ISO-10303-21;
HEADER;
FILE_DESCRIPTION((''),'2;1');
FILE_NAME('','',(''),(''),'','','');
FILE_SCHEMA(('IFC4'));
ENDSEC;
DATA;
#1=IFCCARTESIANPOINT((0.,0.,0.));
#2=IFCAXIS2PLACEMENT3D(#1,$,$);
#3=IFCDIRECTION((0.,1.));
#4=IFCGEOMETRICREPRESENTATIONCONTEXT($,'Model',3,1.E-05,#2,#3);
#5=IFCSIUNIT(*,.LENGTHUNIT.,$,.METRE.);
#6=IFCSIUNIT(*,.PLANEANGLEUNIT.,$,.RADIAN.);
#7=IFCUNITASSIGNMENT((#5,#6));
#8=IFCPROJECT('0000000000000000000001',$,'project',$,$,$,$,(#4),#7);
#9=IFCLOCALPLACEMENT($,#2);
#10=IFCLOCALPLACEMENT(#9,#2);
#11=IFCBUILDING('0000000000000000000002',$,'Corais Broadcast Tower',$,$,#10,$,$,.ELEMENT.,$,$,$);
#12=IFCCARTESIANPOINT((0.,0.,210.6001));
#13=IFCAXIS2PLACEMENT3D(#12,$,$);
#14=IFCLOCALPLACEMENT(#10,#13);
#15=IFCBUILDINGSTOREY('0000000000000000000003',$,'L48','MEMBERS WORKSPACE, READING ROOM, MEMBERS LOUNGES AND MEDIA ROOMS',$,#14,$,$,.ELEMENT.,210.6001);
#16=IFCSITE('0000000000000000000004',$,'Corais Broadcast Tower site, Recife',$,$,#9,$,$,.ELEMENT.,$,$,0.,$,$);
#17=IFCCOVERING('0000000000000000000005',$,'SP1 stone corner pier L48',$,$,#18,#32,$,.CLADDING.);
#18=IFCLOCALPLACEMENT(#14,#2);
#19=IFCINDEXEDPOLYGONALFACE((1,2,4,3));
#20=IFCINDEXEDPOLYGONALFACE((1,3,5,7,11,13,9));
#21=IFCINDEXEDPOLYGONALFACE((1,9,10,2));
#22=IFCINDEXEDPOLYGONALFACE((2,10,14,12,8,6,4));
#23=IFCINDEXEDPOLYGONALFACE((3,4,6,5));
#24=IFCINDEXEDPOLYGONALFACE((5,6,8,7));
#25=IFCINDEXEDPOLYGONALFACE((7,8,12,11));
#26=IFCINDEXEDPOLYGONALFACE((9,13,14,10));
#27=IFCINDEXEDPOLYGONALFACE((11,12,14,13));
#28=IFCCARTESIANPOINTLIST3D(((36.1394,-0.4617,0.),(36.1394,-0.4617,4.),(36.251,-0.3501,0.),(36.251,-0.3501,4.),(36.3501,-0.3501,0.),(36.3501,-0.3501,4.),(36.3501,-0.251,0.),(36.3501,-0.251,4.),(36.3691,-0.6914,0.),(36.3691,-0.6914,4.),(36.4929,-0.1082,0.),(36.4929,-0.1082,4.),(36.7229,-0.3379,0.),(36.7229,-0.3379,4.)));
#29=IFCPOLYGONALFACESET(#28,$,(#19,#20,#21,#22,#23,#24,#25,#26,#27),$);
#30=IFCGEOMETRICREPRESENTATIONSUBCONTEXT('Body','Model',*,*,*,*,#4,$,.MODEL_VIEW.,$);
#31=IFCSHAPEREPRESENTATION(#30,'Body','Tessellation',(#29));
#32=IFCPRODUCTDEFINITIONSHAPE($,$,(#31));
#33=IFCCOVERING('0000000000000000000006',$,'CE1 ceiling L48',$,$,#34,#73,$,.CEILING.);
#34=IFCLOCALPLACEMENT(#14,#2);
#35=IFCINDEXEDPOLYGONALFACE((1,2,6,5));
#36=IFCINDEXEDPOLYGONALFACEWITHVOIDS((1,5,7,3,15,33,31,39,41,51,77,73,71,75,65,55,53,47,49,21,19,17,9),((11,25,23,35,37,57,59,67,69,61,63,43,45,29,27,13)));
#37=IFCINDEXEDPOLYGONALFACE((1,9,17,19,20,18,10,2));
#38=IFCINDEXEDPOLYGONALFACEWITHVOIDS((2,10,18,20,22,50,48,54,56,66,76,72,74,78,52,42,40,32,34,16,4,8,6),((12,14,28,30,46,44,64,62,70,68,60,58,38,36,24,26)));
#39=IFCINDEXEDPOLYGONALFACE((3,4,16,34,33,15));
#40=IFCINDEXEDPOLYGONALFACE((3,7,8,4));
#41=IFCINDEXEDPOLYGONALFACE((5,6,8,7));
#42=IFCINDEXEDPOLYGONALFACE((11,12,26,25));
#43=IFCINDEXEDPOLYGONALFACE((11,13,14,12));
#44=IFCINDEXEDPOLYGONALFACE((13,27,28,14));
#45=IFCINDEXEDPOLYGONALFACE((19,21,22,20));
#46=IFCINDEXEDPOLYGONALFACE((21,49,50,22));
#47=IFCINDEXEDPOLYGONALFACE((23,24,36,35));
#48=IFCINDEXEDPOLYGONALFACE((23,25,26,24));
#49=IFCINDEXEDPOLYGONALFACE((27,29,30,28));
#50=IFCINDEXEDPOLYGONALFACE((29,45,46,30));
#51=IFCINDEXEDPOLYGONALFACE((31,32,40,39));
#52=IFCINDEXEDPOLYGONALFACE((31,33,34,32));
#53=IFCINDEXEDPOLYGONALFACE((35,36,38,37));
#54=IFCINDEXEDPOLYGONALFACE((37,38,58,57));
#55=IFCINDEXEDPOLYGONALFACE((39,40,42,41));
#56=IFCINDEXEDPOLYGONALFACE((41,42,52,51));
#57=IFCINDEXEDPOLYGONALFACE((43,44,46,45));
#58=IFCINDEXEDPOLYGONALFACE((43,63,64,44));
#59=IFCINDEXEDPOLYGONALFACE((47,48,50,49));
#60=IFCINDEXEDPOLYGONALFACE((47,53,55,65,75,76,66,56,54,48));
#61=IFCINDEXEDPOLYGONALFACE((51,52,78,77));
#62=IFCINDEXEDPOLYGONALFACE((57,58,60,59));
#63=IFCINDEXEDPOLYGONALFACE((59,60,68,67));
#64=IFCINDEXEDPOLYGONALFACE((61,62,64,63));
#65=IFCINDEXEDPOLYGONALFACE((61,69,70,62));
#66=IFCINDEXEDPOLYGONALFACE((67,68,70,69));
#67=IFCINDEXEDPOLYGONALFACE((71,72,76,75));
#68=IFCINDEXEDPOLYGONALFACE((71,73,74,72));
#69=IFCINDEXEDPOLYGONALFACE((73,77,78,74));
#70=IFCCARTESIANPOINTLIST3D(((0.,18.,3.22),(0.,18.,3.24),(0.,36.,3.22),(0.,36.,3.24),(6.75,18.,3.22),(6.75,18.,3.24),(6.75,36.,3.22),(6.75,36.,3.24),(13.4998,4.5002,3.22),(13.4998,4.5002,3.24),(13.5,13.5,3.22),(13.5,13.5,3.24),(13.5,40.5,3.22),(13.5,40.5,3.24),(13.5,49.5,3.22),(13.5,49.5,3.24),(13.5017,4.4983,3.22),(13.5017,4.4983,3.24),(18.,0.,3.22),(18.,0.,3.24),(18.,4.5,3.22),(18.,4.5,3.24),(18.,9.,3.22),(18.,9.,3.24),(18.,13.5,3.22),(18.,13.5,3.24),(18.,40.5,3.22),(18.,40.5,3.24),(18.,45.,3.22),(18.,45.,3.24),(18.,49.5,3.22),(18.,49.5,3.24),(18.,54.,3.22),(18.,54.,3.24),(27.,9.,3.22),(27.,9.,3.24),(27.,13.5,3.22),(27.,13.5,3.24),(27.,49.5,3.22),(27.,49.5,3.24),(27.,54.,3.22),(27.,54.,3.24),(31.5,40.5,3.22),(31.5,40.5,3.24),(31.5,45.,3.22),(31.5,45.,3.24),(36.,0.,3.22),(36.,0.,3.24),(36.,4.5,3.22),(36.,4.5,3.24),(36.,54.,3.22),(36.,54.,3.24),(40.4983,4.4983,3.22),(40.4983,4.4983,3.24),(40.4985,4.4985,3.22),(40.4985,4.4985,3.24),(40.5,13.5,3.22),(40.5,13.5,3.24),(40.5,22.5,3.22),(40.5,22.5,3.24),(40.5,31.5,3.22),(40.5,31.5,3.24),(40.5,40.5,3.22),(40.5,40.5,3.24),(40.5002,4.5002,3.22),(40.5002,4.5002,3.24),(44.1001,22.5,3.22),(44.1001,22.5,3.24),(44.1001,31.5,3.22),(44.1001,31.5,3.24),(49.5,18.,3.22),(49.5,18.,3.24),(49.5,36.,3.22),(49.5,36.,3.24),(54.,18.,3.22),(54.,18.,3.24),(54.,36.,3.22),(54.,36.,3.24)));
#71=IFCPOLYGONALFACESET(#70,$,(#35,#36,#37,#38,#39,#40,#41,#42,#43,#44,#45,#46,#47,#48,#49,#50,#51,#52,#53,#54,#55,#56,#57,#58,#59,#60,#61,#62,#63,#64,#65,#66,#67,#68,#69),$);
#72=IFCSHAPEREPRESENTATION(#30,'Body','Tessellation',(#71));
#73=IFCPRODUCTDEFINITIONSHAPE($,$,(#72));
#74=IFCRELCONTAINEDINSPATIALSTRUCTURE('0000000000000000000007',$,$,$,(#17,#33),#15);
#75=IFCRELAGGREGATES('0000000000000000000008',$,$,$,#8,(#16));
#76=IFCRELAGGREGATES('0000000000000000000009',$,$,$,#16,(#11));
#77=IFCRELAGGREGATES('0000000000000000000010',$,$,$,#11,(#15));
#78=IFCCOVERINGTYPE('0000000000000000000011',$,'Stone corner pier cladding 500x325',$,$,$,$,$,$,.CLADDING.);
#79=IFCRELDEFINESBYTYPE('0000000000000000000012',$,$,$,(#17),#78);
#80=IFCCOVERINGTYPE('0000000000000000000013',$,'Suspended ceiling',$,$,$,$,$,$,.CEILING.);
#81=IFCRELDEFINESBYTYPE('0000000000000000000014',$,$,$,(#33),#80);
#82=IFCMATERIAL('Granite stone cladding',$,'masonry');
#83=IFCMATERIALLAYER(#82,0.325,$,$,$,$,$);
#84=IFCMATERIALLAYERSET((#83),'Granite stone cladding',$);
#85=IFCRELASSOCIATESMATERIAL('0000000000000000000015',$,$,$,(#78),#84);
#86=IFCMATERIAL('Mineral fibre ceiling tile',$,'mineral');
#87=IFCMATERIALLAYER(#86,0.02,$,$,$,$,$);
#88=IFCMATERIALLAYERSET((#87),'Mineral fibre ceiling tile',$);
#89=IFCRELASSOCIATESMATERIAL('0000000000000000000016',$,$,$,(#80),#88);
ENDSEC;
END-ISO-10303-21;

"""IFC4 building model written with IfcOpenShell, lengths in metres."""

from ifc_helpers import new_model, si_unit, direction, frame, origin, place, context, subcontext, project, spatial, polyline, outline, extrude, material, layer, layer_set, type_object, element, save


model = new_model("IFC4")

# Units and contexts
model_context = context("Model", 3, precision=1e-05, world=origin(), true_north=direction((0.0, 1.0)))
body_context = subcontext(model_context, "Body", "Model", "MODEL_VIEW")
ifc_project = project(units=[si_unit("LENGTHUNIT", "METRE"), si_unit("PLANEANGLEUNIT", "RADIAN")], contexts=[model_context])

# Site, building, storey
site_placement = place(None, origin())
site = spatial("IfcSite", under=ifc_project, at=site_placement, Name="Corais Broadcast Tower site, Recife", CompositionType="ELEMENT", RefElevation=0.0)
building_placement = place(site_placement, origin())
building = spatial("IfcBuilding", under=site, at=building_placement, Name="Corais Broadcast Tower", CompositionType="ELEMENT")
storey_placement = place(building_placement, frame((0.0, 0.0, 210.6001)))
storey = spatial("IfcBuildingStorey", under=building, at=storey_placement, Name="L48", Description="MEMBERS WORKSPACE, READING ROOM, MEMBERS LOUNGES AND MEDIA ROOMS", CompositionType="ELEMENT", Elevation=210.6001)

# Coverings
ifc_material_1 = material(Name="Granite stone cladding", Category="masonry")
ifc_layer_1 = layer(ifc_material_1, 0.325)
ifc_layer_set_1 = layer_set([ifc_layer_1], Name="Granite stone cladding")
covering_type_1 = type_object("IfcCoveringType", Name="Stone corner pier cladding 500x325", PredefinedType="CLADDING", material=ifc_layer_set_1)
covering_1_placement = place(storey_placement, origin())
element("IfcCovering", 1, at=covering_1_placement, inside=storey, type_object=covering_type_1, Name="SP1 stone corner pier L48", PredefinedType="CLADDING", context=body_context, shape_type="SweptSolid", body=[
    extrude(outline(polyline([(36.251, -0.3501), (36.1394, -0.4617), (36.3691, -0.6914), (36.7229, -0.3379), (36.4929, -0.1082), (36.3501, -0.251), (36.3501, -0.3501), (36.251, -0.3501)])), origin(), (0.0, 0.0, 1.0), 4.0),
])
ifc_material_2 = material(Name="Mineral fibre ceiling tile", Category="mineral")
ifc_layer_2 = layer(ifc_material_2, 0.02)
ifc_layer_set_2 = layer_set([ifc_layer_2], Name="Mineral fibre ceiling tile")
covering_type_2 = type_object("IfcCoveringType", Name="Suspended ceiling", PredefinedType="CEILING", material=ifc_layer_set_2)
covering_2_placement = place(storey_placement, frame((0.0, 0.0, 3.22)))
element("IfcCovering", 2, at=covering_2_placement, inside=storey, type_object=covering_type_2, Name="CE1 ceiling L48", PredefinedType="CEILING", context=body_context, shape_type="SweptSolid", body=[
    extrude(outline(polyline([(13.5, 49.5), (18.0, 54.0), (18.0, 49.5), (27.0, 49.5), (27.0, 54.0), (36.0, 54.0), (54.0, 36.0), (49.5, 36.0), (49.5, 18.0), (54.0, 18.0), (40.5002, 4.5002), (40.4985, 4.4985), (40.4983, 4.4983), (36.0, 0.0), (36.0, 4.5), (18.0, 4.5), (18.0, 0.0), (13.5017, 4.4983), (13.4998, 4.5002), (0.0, 18.0), (6.75, 18.0), (6.75, 36.0), (0.0, 36.0), (13.5, 49.5)]), holes=[polyline([(13.5, 13.5), (18.0, 13.5), (18.0, 9.0), (27.0, 9.0), (27.0, 13.5), (40.5, 13.5), (40.5, 22.5), (44.1001, 22.5), (44.1001, 31.5), (40.5, 31.5), (40.5, 40.5), (31.5, 40.5), (31.5, 45.0), (18.0, 45.0), (18.0, 40.5), (13.5, 40.5), (13.5, 13.5)])]), origin(), (0.0, 0.0, 1.0), 0.02),
])

save(model, "model.ifc")
